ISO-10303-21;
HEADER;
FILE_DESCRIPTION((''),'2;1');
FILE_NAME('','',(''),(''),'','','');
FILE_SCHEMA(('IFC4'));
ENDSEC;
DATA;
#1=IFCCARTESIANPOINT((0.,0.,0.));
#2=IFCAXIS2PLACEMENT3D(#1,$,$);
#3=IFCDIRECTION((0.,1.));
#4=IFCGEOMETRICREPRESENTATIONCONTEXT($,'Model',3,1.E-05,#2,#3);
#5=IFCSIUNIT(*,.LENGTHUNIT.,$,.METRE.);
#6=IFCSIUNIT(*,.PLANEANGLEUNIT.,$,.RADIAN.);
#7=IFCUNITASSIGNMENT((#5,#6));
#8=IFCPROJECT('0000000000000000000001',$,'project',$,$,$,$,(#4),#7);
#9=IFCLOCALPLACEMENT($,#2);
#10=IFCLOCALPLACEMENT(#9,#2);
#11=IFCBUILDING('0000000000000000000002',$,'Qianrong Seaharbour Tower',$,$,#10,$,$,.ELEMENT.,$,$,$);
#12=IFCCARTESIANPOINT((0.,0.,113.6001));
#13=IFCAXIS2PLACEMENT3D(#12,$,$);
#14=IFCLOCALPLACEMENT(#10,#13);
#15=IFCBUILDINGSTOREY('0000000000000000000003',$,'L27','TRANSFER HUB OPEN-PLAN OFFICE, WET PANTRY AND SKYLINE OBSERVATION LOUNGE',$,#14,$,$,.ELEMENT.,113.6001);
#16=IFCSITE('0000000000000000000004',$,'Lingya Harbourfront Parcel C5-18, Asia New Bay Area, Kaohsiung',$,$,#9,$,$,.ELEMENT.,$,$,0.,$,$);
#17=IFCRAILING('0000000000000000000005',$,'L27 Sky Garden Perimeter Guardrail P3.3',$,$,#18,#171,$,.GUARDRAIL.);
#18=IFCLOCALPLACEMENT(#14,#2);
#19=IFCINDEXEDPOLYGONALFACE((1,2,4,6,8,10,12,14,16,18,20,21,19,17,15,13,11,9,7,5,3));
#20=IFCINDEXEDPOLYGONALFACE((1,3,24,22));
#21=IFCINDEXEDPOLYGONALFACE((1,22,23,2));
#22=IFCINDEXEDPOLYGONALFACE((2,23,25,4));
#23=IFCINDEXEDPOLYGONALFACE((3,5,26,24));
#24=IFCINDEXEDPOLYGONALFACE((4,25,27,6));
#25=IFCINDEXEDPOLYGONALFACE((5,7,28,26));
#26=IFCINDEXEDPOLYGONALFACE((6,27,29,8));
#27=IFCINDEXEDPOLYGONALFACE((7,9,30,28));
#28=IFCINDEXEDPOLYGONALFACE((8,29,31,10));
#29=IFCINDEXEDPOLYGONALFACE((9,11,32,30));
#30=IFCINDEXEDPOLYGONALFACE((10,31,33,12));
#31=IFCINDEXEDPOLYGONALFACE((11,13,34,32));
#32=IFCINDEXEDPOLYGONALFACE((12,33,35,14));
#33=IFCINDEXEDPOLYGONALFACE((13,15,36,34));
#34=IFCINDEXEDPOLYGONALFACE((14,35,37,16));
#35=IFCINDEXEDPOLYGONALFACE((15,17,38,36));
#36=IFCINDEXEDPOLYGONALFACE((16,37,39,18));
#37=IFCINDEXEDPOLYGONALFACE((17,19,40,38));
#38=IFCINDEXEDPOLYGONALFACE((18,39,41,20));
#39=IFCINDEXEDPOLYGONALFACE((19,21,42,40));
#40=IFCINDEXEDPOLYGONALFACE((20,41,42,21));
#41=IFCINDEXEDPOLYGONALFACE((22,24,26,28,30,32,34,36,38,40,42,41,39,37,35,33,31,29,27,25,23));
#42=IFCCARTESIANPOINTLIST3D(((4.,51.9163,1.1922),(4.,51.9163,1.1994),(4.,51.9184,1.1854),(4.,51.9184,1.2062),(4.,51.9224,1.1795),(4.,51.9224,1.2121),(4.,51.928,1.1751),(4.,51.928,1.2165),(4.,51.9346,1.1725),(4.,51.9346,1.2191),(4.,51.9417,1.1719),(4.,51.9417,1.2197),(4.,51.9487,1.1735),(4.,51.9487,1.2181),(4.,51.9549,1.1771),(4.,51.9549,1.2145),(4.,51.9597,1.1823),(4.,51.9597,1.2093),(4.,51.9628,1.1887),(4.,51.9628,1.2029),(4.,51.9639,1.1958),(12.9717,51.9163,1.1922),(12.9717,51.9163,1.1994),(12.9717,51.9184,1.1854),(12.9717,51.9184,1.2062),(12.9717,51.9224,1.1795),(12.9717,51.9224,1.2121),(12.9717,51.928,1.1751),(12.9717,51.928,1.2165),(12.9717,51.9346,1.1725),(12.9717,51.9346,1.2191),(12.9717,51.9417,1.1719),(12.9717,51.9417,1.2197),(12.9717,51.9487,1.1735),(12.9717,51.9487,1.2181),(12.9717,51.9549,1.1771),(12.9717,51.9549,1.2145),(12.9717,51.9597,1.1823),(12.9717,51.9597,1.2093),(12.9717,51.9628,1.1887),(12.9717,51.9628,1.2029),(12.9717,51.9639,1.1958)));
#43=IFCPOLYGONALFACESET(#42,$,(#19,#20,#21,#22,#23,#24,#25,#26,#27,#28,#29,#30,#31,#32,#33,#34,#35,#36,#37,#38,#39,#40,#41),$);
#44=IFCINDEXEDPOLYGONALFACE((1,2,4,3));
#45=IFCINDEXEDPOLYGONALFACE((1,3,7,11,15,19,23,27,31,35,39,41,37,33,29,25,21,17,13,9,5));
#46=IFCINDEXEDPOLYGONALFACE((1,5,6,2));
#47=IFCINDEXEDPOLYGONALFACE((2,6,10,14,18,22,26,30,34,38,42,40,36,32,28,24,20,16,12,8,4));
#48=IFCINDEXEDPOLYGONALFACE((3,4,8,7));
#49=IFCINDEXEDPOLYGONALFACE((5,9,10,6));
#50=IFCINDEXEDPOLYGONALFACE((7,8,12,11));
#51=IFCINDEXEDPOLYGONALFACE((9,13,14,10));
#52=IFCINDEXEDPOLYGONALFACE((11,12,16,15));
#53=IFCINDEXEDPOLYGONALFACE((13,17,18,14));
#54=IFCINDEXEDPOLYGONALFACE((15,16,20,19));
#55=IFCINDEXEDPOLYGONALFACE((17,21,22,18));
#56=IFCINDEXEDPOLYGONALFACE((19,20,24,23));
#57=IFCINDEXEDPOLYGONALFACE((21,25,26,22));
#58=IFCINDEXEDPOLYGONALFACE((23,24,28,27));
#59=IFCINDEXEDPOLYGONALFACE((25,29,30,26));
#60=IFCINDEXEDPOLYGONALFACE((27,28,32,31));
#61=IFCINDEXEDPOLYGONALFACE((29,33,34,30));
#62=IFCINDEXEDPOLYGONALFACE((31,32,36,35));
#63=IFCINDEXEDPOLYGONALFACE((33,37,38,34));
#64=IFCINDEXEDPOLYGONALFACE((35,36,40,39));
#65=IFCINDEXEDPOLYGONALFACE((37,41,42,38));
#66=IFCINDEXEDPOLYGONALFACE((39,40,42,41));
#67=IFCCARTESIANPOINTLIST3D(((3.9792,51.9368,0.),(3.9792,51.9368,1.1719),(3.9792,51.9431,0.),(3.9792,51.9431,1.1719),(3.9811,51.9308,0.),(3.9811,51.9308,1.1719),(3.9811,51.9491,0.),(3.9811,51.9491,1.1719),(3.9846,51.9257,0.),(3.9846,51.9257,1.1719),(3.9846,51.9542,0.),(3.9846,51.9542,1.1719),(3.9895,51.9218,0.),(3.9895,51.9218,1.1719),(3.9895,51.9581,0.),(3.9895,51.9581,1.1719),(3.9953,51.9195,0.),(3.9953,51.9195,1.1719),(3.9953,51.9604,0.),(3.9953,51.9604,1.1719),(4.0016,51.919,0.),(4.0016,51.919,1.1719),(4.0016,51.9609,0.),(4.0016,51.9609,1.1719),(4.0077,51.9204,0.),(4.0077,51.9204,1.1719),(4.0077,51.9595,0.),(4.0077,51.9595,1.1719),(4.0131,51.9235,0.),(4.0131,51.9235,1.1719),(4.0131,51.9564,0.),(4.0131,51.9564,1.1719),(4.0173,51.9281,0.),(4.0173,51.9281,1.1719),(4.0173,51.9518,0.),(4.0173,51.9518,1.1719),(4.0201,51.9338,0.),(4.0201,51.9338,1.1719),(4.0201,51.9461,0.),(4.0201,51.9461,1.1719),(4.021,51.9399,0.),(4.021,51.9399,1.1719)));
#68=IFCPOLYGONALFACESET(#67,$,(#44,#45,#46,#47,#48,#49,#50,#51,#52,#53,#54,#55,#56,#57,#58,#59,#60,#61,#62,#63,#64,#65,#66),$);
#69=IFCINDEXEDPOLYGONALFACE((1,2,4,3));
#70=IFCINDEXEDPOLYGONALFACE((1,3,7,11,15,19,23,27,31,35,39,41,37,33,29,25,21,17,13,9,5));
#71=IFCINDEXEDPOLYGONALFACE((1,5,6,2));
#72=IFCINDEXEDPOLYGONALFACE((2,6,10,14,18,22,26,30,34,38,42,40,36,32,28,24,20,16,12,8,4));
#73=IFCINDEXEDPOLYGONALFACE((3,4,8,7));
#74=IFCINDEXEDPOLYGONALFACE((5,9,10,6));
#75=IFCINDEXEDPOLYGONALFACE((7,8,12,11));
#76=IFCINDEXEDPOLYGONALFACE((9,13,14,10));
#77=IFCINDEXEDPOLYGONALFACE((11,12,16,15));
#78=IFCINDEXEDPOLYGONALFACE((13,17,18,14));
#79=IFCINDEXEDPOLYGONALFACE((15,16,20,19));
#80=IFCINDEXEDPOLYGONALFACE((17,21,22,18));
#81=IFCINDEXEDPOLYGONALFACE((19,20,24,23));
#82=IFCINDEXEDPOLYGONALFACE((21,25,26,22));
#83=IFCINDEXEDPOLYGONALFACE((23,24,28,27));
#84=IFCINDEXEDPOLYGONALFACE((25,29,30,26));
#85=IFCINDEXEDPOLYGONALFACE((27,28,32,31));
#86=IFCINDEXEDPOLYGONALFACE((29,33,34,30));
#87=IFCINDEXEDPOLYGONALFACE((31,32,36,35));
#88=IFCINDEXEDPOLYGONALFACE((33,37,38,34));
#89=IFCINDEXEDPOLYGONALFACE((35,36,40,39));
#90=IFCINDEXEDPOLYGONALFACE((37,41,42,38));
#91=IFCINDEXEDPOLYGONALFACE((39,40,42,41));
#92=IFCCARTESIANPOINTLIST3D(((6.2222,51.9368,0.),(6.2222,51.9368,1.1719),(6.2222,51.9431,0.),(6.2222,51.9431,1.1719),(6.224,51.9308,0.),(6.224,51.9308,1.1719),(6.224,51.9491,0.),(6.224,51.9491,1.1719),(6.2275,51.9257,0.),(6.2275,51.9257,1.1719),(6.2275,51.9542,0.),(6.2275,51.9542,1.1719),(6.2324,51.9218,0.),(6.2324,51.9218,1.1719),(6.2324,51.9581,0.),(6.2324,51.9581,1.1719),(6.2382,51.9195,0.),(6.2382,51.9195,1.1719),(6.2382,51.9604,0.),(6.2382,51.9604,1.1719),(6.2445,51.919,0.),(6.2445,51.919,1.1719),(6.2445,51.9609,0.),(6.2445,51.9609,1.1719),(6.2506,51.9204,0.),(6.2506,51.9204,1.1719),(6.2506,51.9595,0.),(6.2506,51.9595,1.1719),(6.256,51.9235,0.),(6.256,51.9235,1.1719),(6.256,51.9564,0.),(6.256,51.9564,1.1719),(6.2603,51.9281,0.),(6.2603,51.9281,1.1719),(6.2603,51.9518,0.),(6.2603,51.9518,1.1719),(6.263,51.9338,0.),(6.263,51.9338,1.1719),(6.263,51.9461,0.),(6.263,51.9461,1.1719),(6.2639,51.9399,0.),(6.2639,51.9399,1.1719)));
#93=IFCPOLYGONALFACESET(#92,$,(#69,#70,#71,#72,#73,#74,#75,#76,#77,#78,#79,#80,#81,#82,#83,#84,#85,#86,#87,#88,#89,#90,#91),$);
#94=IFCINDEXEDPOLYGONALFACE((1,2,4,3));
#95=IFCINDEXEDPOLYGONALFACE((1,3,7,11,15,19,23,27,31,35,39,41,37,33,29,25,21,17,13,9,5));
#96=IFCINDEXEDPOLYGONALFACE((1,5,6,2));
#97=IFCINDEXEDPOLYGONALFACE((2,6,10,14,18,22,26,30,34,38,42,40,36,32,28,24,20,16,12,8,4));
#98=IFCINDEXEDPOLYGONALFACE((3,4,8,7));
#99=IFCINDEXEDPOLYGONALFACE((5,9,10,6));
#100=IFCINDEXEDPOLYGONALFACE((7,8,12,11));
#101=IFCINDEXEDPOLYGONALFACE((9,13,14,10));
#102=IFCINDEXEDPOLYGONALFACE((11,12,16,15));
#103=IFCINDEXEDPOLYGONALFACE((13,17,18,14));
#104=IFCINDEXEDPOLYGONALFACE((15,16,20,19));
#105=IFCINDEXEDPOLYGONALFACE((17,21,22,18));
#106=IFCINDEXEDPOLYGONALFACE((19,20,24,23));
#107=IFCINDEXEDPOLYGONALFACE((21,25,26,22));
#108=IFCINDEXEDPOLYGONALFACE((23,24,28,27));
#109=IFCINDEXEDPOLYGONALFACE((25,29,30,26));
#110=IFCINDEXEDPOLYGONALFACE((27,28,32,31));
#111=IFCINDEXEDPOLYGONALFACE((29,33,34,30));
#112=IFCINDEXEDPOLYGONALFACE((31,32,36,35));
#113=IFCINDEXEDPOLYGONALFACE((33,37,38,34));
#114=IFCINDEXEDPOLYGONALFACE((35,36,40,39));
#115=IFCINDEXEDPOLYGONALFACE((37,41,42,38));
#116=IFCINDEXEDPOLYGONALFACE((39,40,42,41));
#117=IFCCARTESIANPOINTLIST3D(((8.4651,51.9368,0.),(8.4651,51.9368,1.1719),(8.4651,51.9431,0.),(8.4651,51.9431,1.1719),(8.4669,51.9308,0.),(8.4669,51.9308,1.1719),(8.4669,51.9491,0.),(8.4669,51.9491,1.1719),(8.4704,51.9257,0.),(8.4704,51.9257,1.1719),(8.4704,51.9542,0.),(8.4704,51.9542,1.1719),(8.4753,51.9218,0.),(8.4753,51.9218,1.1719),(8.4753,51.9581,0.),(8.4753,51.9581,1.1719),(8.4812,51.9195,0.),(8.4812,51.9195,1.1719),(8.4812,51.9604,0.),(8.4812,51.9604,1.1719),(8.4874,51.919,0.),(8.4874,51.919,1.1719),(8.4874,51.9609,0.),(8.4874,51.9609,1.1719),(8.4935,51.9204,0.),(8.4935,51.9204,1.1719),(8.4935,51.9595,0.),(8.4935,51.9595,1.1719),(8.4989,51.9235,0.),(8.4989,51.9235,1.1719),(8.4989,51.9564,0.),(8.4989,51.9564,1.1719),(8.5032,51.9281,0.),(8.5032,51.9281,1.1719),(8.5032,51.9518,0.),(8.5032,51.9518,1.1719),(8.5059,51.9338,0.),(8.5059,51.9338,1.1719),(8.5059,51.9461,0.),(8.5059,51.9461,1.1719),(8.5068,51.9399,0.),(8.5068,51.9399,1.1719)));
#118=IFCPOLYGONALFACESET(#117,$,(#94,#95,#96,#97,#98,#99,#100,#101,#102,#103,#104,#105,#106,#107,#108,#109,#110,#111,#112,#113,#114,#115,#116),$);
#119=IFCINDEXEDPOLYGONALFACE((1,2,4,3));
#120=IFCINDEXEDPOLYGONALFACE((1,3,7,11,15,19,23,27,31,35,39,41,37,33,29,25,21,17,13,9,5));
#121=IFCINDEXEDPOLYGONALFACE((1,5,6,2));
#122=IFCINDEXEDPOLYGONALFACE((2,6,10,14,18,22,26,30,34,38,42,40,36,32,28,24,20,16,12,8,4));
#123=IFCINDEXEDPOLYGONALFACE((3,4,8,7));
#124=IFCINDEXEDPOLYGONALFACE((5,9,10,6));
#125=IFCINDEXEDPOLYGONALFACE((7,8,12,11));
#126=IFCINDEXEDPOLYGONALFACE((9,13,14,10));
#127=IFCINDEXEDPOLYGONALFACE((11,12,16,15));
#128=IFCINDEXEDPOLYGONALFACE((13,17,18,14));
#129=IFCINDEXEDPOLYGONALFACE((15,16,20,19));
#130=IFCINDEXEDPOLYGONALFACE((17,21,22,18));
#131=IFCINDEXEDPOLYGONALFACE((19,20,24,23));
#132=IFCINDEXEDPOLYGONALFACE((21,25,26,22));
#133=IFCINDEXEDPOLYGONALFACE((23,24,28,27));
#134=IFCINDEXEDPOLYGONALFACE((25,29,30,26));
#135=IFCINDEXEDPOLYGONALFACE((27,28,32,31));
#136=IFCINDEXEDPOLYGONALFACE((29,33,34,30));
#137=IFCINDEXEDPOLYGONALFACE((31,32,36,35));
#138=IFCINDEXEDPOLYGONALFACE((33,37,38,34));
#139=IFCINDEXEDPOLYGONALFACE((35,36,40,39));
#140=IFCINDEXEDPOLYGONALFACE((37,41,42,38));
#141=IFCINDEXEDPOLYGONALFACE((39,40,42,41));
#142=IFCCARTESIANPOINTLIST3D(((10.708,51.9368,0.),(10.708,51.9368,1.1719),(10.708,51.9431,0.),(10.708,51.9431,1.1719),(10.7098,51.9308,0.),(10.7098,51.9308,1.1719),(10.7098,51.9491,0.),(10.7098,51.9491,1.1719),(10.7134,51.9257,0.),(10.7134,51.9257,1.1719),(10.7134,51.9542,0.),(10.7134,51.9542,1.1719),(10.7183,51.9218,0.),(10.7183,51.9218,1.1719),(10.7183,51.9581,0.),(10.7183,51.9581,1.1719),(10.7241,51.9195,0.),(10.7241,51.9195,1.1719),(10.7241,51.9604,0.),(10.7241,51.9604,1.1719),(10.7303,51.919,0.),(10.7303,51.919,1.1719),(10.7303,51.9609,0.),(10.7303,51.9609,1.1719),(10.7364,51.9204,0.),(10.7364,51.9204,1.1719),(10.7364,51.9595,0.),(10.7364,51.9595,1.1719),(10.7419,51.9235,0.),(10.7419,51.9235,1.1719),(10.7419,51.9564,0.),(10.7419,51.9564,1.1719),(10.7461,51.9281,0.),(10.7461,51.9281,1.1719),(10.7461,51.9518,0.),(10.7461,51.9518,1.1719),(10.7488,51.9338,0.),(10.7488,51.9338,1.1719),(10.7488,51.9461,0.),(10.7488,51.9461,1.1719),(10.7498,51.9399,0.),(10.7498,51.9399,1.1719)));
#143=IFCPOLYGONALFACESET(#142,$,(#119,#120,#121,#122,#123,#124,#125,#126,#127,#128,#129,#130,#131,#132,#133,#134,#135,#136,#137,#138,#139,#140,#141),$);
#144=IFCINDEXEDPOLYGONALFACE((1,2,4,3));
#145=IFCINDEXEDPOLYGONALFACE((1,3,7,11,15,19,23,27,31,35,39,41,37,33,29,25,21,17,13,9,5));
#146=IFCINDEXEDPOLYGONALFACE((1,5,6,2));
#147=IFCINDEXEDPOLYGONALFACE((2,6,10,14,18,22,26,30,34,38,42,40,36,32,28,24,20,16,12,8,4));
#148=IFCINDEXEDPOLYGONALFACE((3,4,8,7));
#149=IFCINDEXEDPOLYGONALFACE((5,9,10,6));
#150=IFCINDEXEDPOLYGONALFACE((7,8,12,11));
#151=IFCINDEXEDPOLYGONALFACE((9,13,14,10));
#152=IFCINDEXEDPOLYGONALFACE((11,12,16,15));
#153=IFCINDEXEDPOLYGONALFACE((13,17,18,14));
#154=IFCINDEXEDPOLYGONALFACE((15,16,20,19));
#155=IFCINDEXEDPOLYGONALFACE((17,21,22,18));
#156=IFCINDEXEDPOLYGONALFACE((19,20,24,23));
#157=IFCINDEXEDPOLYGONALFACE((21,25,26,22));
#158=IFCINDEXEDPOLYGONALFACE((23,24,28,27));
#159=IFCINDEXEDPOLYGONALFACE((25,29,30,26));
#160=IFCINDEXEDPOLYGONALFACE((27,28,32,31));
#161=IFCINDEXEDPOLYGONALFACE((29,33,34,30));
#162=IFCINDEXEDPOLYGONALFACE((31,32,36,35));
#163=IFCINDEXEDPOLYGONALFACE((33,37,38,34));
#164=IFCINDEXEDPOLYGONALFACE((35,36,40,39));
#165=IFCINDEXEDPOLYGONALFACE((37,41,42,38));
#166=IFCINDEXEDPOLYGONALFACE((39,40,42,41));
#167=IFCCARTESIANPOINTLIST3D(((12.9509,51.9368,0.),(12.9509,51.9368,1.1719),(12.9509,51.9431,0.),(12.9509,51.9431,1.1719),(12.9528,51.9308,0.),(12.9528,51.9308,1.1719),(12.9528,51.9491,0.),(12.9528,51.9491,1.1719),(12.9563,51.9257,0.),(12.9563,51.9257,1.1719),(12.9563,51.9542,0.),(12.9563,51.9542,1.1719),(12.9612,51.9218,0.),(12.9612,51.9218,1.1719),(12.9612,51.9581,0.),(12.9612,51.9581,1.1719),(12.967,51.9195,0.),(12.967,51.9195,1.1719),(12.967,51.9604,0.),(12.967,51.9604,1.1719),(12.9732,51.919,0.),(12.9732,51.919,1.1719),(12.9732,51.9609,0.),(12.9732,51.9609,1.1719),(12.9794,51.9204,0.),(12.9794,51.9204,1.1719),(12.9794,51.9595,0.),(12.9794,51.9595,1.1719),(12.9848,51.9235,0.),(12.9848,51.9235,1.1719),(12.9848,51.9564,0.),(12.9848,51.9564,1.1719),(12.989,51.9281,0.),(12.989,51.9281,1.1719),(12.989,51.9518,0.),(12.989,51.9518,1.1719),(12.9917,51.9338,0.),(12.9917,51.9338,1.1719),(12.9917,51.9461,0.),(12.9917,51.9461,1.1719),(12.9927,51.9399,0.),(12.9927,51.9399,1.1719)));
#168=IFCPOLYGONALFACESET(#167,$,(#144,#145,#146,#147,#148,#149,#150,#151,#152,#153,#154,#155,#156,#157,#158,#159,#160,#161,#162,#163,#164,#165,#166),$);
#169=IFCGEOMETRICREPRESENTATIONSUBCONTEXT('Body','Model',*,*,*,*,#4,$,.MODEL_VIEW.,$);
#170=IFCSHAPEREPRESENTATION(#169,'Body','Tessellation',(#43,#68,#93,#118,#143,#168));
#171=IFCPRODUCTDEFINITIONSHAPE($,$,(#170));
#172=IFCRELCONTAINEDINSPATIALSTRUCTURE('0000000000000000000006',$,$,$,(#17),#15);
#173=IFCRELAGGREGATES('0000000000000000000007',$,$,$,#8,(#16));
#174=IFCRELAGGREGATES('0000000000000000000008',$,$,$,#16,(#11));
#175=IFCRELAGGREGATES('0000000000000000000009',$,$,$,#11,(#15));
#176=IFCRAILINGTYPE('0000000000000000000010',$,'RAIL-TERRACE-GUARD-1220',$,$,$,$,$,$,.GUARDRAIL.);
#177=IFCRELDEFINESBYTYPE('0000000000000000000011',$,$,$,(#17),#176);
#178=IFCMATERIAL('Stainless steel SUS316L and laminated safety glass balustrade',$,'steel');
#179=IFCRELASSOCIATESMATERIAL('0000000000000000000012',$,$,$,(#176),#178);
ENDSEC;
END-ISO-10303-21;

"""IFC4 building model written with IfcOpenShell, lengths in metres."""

from ifc_helpers import new_model, si_unit, direction, frame, origin, origin_2d, place, context, subcontext, project, spatial, circle, extrude, material, type_object, element, save


model = new_model("IFC4")

# Units and contexts
model_context = context("Model", 3, precision=1e-05, world=origin(), true_north=direction((0.0, 1.0)))
body_context = subcontext(model_context, "Body", "Model", "MODEL_VIEW")
ifc_project = project(units=[si_unit("LENGTHUNIT", "METRE"), si_unit("PLANEANGLEUNIT", "RADIAN")], contexts=[model_context])

# Site, building, storey
site_placement = place(None, origin())
site = spatial("IfcSite", under=ifc_project, at=site_placement, Name="Lingya Harbourfront Parcel C5-18, Asia New Bay Area, Kaohsiung", CompositionType="ELEMENT", RefElevation=0.0)
building_placement = place(site_placement, origin())
building = spatial("IfcBuilding", under=site, at=building_placement, Name="Qianrong Seaharbour Tower", CompositionType="ELEMENT")
storey_placement = place(building_placement, frame((0.0, 0.0, 113.6001)))
storey = spatial("IfcBuildingStorey", under=building, at=storey_placement, Name="L27", Description="TRANSFER HUB OPEN-PLAN OFFICE, WET PANTRY AND SKYLINE OBSERVATION LOUNGE", CompositionType="ELEMENT", Elevation=113.6001)

# Railing
ifc_material_1 = material(Name="Stainless steel SUS316L and laminated safety glass balustrade", Category="steel")
railing_type = type_object("IfcRailingType", Name="RAIL-TERRACE-GUARD-1220", PredefinedType="GUARDRAIL", material=ifc_material_1)
railing_1_placement = place(storey_placement, frame((4.0, 51.9399, 0.0)))
element("IfcRailing", 1, at=railing_1_placement, inside=storey, type_object=railing_type, Name="L27 Sky Garden Perimeter Guardrail P3.3", PredefinedType="GUARDRAIL", context=body_context, shape_type="SweptSolid", body=[
    extrude(circle(Radius=0.0239, at=origin_2d()), frame((0.0, 0.0, 1.1958), z_axis=(1.0, 0.0, 0.0), x_axis=(0.0, 1.0, 0.0)), (0.0, 0.0, 1.0), 8.9717),
    extrude(circle(Radius=0.021, at=origin_2d()), origin(), (0.0, 0.0, 1.0), 1.1719),
    extrude(circle(Radius=0.021, at=origin_2d()), frame((2.2429, 0.0, 0.0)), (0.0, 0.0, 1.0), 1.1719),
    extrude(circle(Radius=0.021, at=origin_2d()), frame((4.4858, 0.0, 0.0)), (0.0, 0.0, 1.0), 1.1719),
    extrude(circle(Radius=0.021, at=origin_2d()), frame((6.7288, 0.0, 0.0)), (0.0, 0.0, 1.0), 1.1719),
    extrude(circle(Radius=0.021, at=origin_2d()), frame((8.9717, 0.0, 0.0)), (0.0, 0.0, 1.0), 1.1719),
])

save(model, "model.ifc")
